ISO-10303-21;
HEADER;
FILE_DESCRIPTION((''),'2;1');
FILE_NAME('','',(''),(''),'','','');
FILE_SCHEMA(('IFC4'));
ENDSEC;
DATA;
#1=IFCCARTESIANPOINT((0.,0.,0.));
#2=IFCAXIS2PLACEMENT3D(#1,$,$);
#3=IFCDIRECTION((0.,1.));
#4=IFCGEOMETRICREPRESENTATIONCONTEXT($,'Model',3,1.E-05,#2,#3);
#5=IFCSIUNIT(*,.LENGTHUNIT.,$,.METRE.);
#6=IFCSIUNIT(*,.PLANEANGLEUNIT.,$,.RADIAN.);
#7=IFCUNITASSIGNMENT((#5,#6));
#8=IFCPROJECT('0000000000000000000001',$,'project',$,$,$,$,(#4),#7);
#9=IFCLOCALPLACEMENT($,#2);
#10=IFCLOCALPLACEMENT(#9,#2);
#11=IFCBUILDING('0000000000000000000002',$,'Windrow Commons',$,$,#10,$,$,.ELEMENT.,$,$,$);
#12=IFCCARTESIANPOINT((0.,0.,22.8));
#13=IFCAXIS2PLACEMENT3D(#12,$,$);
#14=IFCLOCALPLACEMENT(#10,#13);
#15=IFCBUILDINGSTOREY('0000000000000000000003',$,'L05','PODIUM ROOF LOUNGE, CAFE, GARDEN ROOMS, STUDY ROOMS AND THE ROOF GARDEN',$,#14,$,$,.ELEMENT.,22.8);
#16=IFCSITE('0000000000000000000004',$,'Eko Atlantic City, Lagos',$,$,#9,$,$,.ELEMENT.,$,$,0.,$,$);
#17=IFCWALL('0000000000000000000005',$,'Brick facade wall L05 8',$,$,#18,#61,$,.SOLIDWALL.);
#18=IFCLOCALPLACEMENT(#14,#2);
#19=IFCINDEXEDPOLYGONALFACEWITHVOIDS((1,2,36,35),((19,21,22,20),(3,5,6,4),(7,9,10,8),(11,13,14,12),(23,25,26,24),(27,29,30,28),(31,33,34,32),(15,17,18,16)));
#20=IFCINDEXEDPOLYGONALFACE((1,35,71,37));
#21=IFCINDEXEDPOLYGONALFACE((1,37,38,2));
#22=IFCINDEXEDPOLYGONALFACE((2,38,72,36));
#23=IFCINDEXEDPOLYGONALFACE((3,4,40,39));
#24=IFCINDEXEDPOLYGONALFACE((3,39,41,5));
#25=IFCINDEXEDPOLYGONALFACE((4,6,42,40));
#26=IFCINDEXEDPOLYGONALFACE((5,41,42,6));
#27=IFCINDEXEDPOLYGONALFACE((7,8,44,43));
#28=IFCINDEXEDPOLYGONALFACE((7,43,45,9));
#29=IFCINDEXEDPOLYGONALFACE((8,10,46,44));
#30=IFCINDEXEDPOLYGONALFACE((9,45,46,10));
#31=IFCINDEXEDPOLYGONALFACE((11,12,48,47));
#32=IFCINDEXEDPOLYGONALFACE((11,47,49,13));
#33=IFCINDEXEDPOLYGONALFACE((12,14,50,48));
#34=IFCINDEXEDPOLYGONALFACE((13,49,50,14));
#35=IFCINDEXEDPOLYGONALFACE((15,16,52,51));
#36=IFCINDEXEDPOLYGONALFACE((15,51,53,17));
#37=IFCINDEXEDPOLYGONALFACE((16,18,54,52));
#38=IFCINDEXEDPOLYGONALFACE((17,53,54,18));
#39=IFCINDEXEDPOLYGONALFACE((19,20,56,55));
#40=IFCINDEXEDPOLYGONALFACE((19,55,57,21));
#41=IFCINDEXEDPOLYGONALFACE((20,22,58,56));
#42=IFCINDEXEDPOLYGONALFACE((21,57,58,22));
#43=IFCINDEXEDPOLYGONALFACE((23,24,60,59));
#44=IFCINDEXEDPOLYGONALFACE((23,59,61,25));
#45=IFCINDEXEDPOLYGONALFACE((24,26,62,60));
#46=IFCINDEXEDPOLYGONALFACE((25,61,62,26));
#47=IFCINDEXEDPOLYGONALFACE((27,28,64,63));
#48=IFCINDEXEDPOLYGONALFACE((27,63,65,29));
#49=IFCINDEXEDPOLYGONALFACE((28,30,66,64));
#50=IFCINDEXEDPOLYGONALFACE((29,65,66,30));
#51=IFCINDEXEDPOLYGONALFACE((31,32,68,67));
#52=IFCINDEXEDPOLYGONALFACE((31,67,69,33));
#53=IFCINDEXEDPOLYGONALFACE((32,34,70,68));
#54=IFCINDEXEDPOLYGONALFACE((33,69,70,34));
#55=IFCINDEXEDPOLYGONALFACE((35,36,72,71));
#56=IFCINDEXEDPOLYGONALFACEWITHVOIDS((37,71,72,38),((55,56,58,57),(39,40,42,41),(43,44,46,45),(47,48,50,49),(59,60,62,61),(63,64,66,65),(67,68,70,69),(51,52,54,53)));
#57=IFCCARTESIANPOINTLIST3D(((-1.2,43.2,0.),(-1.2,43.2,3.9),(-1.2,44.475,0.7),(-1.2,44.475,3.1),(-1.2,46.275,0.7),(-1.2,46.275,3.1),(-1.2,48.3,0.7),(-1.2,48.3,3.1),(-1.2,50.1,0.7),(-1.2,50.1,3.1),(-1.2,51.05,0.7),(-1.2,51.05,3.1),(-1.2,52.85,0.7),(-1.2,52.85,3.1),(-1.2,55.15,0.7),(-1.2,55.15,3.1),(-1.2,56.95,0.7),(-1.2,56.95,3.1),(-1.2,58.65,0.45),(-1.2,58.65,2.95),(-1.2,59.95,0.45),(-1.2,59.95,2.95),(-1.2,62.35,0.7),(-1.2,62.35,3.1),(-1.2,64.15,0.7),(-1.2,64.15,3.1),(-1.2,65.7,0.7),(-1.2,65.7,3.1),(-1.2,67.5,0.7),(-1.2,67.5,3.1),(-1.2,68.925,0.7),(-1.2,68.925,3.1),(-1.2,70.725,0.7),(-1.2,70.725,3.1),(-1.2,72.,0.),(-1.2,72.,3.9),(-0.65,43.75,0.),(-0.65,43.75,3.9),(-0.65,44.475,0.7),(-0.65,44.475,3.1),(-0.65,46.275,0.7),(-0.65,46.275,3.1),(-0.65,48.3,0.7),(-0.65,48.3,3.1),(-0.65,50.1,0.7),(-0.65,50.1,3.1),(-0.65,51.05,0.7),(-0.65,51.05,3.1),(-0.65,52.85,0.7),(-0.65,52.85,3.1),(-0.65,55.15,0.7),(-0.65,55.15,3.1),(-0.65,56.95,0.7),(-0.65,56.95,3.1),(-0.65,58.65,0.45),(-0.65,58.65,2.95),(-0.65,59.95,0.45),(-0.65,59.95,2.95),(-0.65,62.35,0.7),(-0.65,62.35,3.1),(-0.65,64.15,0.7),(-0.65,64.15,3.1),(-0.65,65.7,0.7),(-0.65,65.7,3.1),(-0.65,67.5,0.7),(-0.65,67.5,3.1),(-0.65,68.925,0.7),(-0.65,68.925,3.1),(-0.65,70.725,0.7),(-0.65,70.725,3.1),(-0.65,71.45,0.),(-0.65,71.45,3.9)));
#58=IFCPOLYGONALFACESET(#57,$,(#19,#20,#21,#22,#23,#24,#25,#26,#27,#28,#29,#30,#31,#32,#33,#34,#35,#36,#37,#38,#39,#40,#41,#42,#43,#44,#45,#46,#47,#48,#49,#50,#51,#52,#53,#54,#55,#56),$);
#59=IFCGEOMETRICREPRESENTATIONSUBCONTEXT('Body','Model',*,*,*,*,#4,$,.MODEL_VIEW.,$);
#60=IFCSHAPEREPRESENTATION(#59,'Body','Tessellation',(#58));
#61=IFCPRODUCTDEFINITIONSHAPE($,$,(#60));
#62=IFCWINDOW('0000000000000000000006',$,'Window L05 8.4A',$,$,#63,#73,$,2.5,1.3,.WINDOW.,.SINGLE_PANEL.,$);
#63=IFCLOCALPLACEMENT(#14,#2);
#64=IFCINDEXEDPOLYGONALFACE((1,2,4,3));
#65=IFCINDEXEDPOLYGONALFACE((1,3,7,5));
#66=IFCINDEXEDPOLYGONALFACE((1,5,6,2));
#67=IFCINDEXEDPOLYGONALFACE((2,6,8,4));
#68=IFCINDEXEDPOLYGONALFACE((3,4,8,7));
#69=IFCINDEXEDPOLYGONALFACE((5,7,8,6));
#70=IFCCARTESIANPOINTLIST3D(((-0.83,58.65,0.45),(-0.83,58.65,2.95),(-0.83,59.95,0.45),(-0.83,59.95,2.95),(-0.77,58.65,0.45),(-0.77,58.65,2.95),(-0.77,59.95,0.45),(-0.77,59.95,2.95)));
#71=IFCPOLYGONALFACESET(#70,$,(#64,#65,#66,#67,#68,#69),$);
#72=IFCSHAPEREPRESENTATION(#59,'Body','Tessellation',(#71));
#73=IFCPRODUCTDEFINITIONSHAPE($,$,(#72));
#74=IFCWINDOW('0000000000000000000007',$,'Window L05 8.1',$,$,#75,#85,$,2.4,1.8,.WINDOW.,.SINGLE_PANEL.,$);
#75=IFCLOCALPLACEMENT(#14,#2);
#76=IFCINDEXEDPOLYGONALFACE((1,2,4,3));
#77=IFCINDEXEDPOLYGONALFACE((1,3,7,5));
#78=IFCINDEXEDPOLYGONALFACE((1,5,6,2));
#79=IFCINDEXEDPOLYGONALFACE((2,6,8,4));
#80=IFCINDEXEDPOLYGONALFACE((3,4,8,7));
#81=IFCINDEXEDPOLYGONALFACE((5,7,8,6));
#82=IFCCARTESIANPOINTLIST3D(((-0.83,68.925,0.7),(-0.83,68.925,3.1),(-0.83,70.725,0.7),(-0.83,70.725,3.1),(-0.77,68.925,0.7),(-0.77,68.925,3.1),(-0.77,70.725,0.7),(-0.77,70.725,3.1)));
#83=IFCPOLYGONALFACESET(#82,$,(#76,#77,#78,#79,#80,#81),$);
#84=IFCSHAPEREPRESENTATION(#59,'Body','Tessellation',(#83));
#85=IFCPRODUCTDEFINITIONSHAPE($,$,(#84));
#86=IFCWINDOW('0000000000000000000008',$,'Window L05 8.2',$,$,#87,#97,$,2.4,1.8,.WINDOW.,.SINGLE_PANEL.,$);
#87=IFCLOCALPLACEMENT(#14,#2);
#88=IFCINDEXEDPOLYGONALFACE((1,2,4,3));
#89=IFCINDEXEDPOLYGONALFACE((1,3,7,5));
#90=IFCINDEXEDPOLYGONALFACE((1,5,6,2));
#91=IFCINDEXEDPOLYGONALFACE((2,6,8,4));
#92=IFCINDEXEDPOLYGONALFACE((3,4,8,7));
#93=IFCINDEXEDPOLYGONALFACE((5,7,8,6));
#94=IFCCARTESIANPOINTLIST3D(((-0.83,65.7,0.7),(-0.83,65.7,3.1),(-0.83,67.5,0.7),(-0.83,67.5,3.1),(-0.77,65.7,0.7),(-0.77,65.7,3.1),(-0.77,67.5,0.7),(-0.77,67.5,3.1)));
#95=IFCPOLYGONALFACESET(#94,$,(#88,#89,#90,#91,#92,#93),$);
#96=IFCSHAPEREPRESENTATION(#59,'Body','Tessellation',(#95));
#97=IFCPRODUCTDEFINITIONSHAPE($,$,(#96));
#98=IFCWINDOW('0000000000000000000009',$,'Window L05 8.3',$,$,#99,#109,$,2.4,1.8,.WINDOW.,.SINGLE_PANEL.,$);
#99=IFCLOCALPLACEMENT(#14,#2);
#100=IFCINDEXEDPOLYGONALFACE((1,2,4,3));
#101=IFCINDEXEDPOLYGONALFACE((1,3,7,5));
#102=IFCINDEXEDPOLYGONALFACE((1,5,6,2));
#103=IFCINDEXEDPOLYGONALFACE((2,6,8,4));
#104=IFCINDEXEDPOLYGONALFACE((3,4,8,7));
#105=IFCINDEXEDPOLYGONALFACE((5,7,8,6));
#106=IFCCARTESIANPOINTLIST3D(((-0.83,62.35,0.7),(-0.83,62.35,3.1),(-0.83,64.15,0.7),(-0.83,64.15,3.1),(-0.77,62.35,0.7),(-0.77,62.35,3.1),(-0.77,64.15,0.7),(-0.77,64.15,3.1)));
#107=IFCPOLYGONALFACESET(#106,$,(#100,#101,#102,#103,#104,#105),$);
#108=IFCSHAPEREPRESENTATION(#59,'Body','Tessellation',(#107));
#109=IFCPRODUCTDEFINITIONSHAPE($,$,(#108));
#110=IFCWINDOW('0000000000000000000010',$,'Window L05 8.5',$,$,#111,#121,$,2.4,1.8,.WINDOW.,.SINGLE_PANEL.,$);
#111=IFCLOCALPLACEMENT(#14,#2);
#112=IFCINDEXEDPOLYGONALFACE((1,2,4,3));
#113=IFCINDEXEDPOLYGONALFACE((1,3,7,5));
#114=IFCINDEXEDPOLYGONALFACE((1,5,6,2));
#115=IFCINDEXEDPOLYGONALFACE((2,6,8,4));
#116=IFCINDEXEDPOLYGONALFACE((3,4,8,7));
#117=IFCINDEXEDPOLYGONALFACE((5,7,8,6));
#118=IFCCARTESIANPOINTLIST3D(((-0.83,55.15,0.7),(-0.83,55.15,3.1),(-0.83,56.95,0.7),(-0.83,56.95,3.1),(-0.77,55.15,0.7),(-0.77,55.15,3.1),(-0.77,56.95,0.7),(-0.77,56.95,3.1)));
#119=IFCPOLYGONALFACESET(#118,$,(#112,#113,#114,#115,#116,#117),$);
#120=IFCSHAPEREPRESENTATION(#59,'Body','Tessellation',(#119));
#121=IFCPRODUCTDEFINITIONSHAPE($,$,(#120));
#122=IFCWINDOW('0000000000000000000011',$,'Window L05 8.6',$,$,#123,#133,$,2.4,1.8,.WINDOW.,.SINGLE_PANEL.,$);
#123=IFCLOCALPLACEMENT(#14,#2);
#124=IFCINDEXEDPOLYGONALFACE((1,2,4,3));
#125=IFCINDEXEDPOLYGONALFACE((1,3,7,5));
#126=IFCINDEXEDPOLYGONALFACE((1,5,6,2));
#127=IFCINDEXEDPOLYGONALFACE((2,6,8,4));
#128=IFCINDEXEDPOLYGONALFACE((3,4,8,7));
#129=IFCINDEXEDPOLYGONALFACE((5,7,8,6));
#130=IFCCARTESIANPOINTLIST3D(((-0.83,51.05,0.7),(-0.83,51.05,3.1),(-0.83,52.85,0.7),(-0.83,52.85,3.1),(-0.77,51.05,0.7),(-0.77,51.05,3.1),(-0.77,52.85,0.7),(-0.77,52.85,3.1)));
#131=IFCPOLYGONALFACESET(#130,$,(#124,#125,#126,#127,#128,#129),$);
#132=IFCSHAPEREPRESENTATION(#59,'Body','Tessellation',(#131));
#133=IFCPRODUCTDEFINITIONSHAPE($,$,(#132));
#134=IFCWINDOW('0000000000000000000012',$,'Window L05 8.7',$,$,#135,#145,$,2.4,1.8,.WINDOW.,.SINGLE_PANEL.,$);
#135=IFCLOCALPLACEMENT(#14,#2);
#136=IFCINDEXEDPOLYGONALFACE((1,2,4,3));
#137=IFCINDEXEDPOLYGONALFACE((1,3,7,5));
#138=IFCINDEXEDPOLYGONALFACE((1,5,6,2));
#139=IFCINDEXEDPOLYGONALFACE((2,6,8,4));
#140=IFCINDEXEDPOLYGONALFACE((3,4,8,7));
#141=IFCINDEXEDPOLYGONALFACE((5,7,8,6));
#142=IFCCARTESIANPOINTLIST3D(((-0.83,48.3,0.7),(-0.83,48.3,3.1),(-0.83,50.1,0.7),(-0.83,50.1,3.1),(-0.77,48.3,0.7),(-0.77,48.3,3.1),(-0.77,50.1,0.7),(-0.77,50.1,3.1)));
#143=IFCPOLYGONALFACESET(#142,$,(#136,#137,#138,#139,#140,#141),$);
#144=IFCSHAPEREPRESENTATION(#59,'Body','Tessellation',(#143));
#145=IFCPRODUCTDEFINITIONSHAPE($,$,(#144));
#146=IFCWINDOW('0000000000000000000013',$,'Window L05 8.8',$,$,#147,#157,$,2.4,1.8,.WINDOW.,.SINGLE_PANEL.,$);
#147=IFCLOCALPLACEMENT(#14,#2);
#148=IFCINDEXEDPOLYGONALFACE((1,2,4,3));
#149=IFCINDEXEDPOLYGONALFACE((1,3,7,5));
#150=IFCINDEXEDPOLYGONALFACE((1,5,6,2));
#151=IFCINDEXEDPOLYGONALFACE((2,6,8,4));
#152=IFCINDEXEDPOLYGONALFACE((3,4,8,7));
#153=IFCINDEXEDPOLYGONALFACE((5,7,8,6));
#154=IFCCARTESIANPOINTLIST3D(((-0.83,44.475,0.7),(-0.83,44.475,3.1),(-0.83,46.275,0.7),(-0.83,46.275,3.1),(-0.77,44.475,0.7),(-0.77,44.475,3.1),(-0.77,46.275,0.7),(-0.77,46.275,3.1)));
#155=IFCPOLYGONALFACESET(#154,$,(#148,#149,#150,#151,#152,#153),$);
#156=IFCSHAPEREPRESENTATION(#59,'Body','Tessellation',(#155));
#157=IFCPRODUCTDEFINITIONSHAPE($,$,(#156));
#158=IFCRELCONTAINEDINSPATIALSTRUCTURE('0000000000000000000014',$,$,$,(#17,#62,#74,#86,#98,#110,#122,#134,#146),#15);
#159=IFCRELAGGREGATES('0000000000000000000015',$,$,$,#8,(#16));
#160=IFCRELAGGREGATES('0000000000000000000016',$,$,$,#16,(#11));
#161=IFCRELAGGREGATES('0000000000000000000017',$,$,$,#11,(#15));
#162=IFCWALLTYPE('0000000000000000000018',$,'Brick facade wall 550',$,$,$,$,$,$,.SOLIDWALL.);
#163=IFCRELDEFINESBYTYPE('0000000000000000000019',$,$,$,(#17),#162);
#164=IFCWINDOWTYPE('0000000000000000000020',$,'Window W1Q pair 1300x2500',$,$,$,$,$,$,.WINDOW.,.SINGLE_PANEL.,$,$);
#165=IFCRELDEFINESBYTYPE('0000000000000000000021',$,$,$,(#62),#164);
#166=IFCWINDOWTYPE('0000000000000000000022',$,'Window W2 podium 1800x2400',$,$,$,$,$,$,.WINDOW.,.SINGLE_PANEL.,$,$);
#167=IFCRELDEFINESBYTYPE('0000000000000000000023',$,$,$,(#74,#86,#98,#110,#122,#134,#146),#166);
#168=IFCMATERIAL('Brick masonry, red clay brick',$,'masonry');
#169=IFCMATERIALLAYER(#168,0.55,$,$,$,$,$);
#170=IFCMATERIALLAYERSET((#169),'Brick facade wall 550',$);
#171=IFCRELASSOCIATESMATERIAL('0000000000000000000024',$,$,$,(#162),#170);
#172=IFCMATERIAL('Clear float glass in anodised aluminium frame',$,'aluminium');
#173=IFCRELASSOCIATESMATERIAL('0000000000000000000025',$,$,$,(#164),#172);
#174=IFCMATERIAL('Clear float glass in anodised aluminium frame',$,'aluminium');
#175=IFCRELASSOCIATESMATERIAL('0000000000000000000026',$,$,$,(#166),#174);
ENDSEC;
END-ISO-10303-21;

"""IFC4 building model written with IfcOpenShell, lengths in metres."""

from ifc_helpers import new_model, si_unit, direction, frame, frame_2d, origin, place, context, subcontext, project, spatial, polyline, rectangle, outline, extrude, material, layer, layer_set, type_object, element, fill, save


model = new_model("IFC4")

# Units and contexts
model_context = context("Model", 3, precision=1e-05, world=origin(), true_north=direction((0.0, 1.0)))
body_context = subcontext(model_context, "Body", "Model", "MODEL_VIEW")
ifc_project = project(units=[si_unit("LENGTHUNIT", "METRE"), si_unit("PLANEANGLEUNIT", "RADIAN")], contexts=[model_context])

# Site, building, storey
site_placement = place(None, origin())
site = spatial("IfcSite", under=ifc_project, at=site_placement, Name="Eko Atlantic City, Lagos", CompositionType="ELEMENT", RefElevation=0.0)
building_placement = place(site_placement, origin())
building = spatial("IfcBuilding", under=site, at=building_placement, Name="Windrow Commons", CompositionType="ELEMENT")
storey_placement = place(building_placement, frame((0.0, 0.0, 22.8)))
storey = spatial("IfcBuildingStorey", under=building, at=storey_placement, Name="L05", Description="PODIUM ROOF LOUNGE, CAFE, GARDEN ROOMS, STUDY ROOMS AND THE ROOF GARDEN", CompositionType="ELEMENT", Elevation=22.8)

# Shared definitions
ifc_material_1 = material(Name="Brick masonry, red clay brick", Category="masonry")
ifc_layer_1 = layer(ifc_material_1, 0.55)
ifc_layer_set_1 = layer_set([ifc_layer_1], Name="Brick facade wall 550")
wall_type_1 = type_object("IfcWallType", Name="Brick facade wall 550", PredefinedType="SOLIDWALL", material=ifc_layer_set_1)

# Wall, openings, windows
wall_1_placement = place(storey_placement, frame((-0.925, 71.725, 0.0), z_axis=(0.0, 0.0, 1.0), x_axis=(0.0, -1.0, 0.0)))
wall_1 = element("IfcWall", 1, at=wall_1_placement, inside=storey, type_object=wall_type_1, Name="Brick facade wall L05 8", PredefinedType="SOLIDWALL", context=body_context, shape_type="SweptSolid", body=[
    extrude(outline(polyline([(-0.275, -0.275), (28.525, -0.275), (27.975, 0.275), (0.275, 0.275), (-0.275, -0.275)])), origin(), (0.0, 0.0, 1.0), 3.9),
])
opening_1_placement = place(wall_1_placement, frame((1.0, 0.0, 0.7)))
opening_1 = element("IfcOpeningElement", 2, at=opening_1_placement, cuts=wall_1, PredefinedType="OPENING", context=body_context, shape_type="SweptSolid", body=[
    extrude(rectangle(XDim=1.8, YDim=2.4, at=frame_2d((0.9, 1.2))), frame((0.0, 0.285, 0.0), z_axis=(0.0, -1.0, 0.0), x_axis=(1.0, 0.0, 0.0)), (0.0, 0.0, 1.0), 0.57),
])
opening_2_placement = place(wall_1_placement, frame((4.225, 0.0, 0.7)))
opening_2 = element("IfcOpeningElement", 3, at=opening_2_placement, cuts=wall_1, PredefinedType="OPENING", context=body_context, shape_type="SweptSolid", body=[
    extrude(rectangle(XDim=1.8, YDim=2.4, at=frame_2d((0.9, 1.2))), frame((0.0, 0.285, 0.0), z_axis=(0.0, -1.0, 0.0), x_axis=(1.0, 0.0, 0.0)), (0.0, 0.0, 1.0), 0.57),
])
opening_3_placement = place(wall_1_placement, frame((7.575, 0.0, 0.7)))
opening_3 = element("IfcOpeningElement", 4, at=opening_3_placement, cuts=wall_1, PredefinedType="OPENING", context=body_context, shape_type="SweptSolid", body=[
    extrude(rectangle(XDim=1.8, YDim=2.4, at=frame_2d((0.9, 1.2))), frame((0.0, 0.285, 0.0), z_axis=(0.0, -1.0, 0.0), x_axis=(1.0, 0.0, 0.0)), (0.0, 0.0, 1.0), 0.57),
])
opening_4_placement = place(wall_1_placement, frame((14.775, 0.0, 0.7)))
opening_4 = element("IfcOpeningElement", 5, at=opening_4_placement, cuts=wall_1, PredefinedType="OPENING", context=body_context, shape_type="SweptSolid", body=[
    extrude(rectangle(XDim=1.8, YDim=2.4, at=frame_2d((0.9, 1.2))), frame((0.0, 0.285, 0.0), z_axis=(0.0, -1.0, 0.0), x_axis=(1.0, 0.0, 0.0)), (0.0, 0.0, 1.0), 0.57),
])
opening_5_placement = place(wall_1_placement, frame((18.875, 0.0, 0.7)))
opening_5 = element("IfcOpeningElement", 6, at=opening_5_placement, cuts=wall_1, PredefinedType="OPENING", context=body_context, shape_type="SweptSolid", body=[
    extrude(rectangle(XDim=1.8, YDim=2.4, at=frame_2d((0.9, 1.2))), frame((0.0, 0.285, 0.0), z_axis=(0.0, -1.0, 0.0), x_axis=(1.0, 0.0, 0.0)), (0.0, 0.0, 1.0), 0.57),
])
opening_6_placement = place(wall_1_placement, frame((21.625, 0.0, 0.7)))
opening_6 = element("IfcOpeningElement", 7, at=opening_6_placement, cuts=wall_1, PredefinedType="OPENING", context=body_context, shape_type="SweptSolid", body=[
    extrude(rectangle(XDim=1.8, YDim=2.4, at=frame_2d((0.9, 1.2))), frame((0.0, 0.285, 0.0), z_axis=(0.0, -1.0, 0.0), x_axis=(1.0, 0.0, 0.0)), (0.0, 0.0, 1.0), 0.57),
])
opening_7_placement = place(wall_1_placement, frame((25.45, 0.0, 0.7)))
opening_7 = element("IfcOpeningElement", 8, at=opening_7_placement, cuts=wall_1, PredefinedType="OPENING", context=body_context, shape_type="SweptSolid", body=[
    extrude(rectangle(XDim=1.8, YDim=2.4, at=frame_2d((0.9, 1.2))), frame((0.0, 0.285, 0.0), z_axis=(0.0, -1.0, 0.0), x_axis=(1.0, 0.0, 0.0)), (0.0, 0.0, 1.0), 0.57),
])
opening_8_placement = place(wall_1_placement, frame((11.775, 0.0, 0.45)))
opening_8 = element("IfcOpeningElement", 9, at=opening_8_placement, cuts=wall_1, PredefinedType="OPENING", context=body_context, shape_type="SweptSolid", body=[
    extrude(rectangle(XDim=1.3, YDim=2.5, at=frame_2d((0.65, 1.25))), frame((0.0, 0.285, 0.0), z_axis=(0.0, -1.0, 0.0), x_axis=(1.0, 0.0, 0.0)), (0.0, 0.0, 1.0), 0.57),
])
ifc_material_2 = material(Name="Clear float glass in anodised aluminium frame", Category="aluminium")
window_type_1 = type_object("IfcWindowType", Name="Window W1Q pair 1300x2500", PartitioningType="SINGLE_PANEL", PredefinedType="WINDOW", material=ifc_material_2)
window_1_placement = place(opening_8_placement, origin())
window_1 = element("IfcWindow", 10, at=window_1_placement, inside=storey, type_object=window_type_1, Name="Window L05 8.4A", OverallHeight=2.5, OverallWidth=1.3, PartitioningType="SINGLE_PANEL", PredefinedType="WINDOW", context=body_context, shape_type="SweptSolid", body=[
    extrude(rectangle(XDim=1.3, YDim=2.5, at=frame_2d((0.65, 1.25))), frame((0.0, 0.155, 0.0), z_axis=(0.0, -1.0, 0.0), x_axis=(1.0, 0.0, 0.0)), (0.0, 0.0, 1.0), 0.06),
])
fill(opening_8, window_1)
ifc_material_3 = material(Name="Clear float glass in anodised aluminium frame", Category="aluminium")
window_type_2 = type_object("IfcWindowType", Name="Window W2 podium 1800x2400", PartitioningType="SINGLE_PANEL", PredefinedType="WINDOW", material=ifc_material_3)
window_2_placement = place(opening_1_placement, origin())
window_2 = element("IfcWindow", 11, at=window_2_placement, inside=storey, type_object=window_type_2, Name="Window L05 8.1", OverallHeight=2.4, OverallWidth=1.8, PartitioningType="SINGLE_PANEL", PredefinedType="WINDOW", context=body_context, shape_type="SweptSolid", body=[
    extrude(rectangle(XDim=1.8, YDim=2.4, at=frame_2d((0.9, 1.2))), frame((0.0, 0.155, 0.0), z_axis=(0.0, -1.0, 0.0), x_axis=(1.0, 0.0, 0.0)), (0.0, 0.0, 1.0), 0.06),
])
fill(opening_1, window_2)
window_3_placement = place(opening_2_placement, origin())
window_3 = element("IfcWindow", 12, at=window_3_placement, inside=storey, type_object=window_type_2, Name="Window L05 8.2", OverallHeight=2.4, OverallWidth=1.8, PartitioningType="SINGLE_PANEL", PredefinedType="WINDOW", context=body_context, shape_type="SweptSolid", body=[
    extrude(rectangle(XDim=1.8, YDim=2.4, at=frame_2d((0.9, 1.2))), frame((0.0, 0.155, 0.0), z_axis=(0.0, -1.0, 0.0), x_axis=(1.0, 0.0, 0.0)), (0.0, 0.0, 1.0), 0.06),
])
fill(opening_2, window_3)
window_4_placement = place(opening_3_placement, origin())
window_4 = element("IfcWindow", 13, at=window_4_placement, inside=storey, type_object=window_type_2, Name="Window L05 8.3", OverallHeight=2.4, OverallWidth=1.8, PartitioningType="SINGLE_PANEL", PredefinedType="WINDOW", context=body_context, shape_type="SweptSolid", body=[
    extrude(rectangle(XDim=1.8, YDim=2.4, at=frame_2d((0.9, 1.2))), frame((0.0, 0.155, 0.0), z_axis=(0.0, -1.0, 0.0), x_axis=(1.0, 0.0, 0.0)), (0.0, 0.0, 1.0), 0.06),
])
fill(opening_3, window_4)
window_5_placement = place(opening_4_placement, origin())
window_5 = element("IfcWindow", 14, at=window_5_placement, inside=storey, type_object=window_type_2, Name="Window L05 8.5", OverallHeight=2.4, OverallWidth=1.8, PartitioningType="SINGLE_PANEL", PredefinedType="WINDOW", context=body_context, shape_type="SweptSolid", body=[
    extrude(rectangle(XDim=1.8, YDim=2.4, at=frame_2d((0.9, 1.2))), frame((0.0, 0.155, 0.0), z_axis=(0.0, -1.0, 0.0), x_axis=(1.0, 0.0, 0.0)), (0.0, 0.0, 1.0), 0.06),
])
fill(opening_4, window_5)
window_6_placement = place(opening_5_placement, origin())
window_6 = element("IfcWindow", 15, at=window_6_placement, inside=storey, type_object=window_type_2, Name="Window L05 8.6", OverallHeight=2.4, OverallWidth=1.8, PartitioningType="SINGLE_PANEL", PredefinedType="WINDOW", context=body_context, shape_type="SweptSolid", body=[
    extrude(rectangle(XDim=1.8, YDim=2.4, at=frame_2d((0.9, 1.2))), frame((0.0, 0.155, 0.0), z_axis=(0.0, -1.0, 0.0), x_axis=(1.0, 0.0, 0.0)), (0.0, 0.0, 1.0), 0.06),
])
fill(opening_5, window_6)
window_7_placement = place(opening_6_placement, origin())
window_7 = element("IfcWindow", 16, at=window_7_placement, inside=storey, type_object=window_type_2, Name="Window L05 8.7", OverallHeight=2.4, OverallWidth=1.8, PartitioningType="SINGLE_PANEL", PredefinedType="WINDOW", context=body_context, shape_type="SweptSolid", body=[
    extrude(rectangle(XDim=1.8, YDim=2.4, at=frame_2d((0.9, 1.2))), frame((0.0, 0.155, 0.0), z_axis=(0.0, -1.0, 0.0), x_axis=(1.0, 0.0, 0.0)), (0.0, 0.0, 1.0), 0.06),
])
fill(opening_6, window_7)
window_8_placement = place(opening_7_placement, origin())
window_8 = element("IfcWindow", 17, at=window_8_placement, inside=storey, type_object=window_type_2, Name="Window L05 8.8", OverallHeight=2.4, OverallWidth=1.8, PartitioningType="SINGLE_PANEL", PredefinedType="WINDOW", context=body_context, shape_type="SweptSolid", body=[
    extrude(rectangle(XDim=1.8, YDim=2.4, at=frame_2d((0.9, 1.2))), frame((0.0, 0.155, 0.0), z_axis=(0.0, -1.0, 0.0), x_axis=(1.0, 0.0, 0.0)), (0.0, 0.0, 1.0), 0.06),
])
fill(opening_7, window_8)

save(model, "model.ifc")
